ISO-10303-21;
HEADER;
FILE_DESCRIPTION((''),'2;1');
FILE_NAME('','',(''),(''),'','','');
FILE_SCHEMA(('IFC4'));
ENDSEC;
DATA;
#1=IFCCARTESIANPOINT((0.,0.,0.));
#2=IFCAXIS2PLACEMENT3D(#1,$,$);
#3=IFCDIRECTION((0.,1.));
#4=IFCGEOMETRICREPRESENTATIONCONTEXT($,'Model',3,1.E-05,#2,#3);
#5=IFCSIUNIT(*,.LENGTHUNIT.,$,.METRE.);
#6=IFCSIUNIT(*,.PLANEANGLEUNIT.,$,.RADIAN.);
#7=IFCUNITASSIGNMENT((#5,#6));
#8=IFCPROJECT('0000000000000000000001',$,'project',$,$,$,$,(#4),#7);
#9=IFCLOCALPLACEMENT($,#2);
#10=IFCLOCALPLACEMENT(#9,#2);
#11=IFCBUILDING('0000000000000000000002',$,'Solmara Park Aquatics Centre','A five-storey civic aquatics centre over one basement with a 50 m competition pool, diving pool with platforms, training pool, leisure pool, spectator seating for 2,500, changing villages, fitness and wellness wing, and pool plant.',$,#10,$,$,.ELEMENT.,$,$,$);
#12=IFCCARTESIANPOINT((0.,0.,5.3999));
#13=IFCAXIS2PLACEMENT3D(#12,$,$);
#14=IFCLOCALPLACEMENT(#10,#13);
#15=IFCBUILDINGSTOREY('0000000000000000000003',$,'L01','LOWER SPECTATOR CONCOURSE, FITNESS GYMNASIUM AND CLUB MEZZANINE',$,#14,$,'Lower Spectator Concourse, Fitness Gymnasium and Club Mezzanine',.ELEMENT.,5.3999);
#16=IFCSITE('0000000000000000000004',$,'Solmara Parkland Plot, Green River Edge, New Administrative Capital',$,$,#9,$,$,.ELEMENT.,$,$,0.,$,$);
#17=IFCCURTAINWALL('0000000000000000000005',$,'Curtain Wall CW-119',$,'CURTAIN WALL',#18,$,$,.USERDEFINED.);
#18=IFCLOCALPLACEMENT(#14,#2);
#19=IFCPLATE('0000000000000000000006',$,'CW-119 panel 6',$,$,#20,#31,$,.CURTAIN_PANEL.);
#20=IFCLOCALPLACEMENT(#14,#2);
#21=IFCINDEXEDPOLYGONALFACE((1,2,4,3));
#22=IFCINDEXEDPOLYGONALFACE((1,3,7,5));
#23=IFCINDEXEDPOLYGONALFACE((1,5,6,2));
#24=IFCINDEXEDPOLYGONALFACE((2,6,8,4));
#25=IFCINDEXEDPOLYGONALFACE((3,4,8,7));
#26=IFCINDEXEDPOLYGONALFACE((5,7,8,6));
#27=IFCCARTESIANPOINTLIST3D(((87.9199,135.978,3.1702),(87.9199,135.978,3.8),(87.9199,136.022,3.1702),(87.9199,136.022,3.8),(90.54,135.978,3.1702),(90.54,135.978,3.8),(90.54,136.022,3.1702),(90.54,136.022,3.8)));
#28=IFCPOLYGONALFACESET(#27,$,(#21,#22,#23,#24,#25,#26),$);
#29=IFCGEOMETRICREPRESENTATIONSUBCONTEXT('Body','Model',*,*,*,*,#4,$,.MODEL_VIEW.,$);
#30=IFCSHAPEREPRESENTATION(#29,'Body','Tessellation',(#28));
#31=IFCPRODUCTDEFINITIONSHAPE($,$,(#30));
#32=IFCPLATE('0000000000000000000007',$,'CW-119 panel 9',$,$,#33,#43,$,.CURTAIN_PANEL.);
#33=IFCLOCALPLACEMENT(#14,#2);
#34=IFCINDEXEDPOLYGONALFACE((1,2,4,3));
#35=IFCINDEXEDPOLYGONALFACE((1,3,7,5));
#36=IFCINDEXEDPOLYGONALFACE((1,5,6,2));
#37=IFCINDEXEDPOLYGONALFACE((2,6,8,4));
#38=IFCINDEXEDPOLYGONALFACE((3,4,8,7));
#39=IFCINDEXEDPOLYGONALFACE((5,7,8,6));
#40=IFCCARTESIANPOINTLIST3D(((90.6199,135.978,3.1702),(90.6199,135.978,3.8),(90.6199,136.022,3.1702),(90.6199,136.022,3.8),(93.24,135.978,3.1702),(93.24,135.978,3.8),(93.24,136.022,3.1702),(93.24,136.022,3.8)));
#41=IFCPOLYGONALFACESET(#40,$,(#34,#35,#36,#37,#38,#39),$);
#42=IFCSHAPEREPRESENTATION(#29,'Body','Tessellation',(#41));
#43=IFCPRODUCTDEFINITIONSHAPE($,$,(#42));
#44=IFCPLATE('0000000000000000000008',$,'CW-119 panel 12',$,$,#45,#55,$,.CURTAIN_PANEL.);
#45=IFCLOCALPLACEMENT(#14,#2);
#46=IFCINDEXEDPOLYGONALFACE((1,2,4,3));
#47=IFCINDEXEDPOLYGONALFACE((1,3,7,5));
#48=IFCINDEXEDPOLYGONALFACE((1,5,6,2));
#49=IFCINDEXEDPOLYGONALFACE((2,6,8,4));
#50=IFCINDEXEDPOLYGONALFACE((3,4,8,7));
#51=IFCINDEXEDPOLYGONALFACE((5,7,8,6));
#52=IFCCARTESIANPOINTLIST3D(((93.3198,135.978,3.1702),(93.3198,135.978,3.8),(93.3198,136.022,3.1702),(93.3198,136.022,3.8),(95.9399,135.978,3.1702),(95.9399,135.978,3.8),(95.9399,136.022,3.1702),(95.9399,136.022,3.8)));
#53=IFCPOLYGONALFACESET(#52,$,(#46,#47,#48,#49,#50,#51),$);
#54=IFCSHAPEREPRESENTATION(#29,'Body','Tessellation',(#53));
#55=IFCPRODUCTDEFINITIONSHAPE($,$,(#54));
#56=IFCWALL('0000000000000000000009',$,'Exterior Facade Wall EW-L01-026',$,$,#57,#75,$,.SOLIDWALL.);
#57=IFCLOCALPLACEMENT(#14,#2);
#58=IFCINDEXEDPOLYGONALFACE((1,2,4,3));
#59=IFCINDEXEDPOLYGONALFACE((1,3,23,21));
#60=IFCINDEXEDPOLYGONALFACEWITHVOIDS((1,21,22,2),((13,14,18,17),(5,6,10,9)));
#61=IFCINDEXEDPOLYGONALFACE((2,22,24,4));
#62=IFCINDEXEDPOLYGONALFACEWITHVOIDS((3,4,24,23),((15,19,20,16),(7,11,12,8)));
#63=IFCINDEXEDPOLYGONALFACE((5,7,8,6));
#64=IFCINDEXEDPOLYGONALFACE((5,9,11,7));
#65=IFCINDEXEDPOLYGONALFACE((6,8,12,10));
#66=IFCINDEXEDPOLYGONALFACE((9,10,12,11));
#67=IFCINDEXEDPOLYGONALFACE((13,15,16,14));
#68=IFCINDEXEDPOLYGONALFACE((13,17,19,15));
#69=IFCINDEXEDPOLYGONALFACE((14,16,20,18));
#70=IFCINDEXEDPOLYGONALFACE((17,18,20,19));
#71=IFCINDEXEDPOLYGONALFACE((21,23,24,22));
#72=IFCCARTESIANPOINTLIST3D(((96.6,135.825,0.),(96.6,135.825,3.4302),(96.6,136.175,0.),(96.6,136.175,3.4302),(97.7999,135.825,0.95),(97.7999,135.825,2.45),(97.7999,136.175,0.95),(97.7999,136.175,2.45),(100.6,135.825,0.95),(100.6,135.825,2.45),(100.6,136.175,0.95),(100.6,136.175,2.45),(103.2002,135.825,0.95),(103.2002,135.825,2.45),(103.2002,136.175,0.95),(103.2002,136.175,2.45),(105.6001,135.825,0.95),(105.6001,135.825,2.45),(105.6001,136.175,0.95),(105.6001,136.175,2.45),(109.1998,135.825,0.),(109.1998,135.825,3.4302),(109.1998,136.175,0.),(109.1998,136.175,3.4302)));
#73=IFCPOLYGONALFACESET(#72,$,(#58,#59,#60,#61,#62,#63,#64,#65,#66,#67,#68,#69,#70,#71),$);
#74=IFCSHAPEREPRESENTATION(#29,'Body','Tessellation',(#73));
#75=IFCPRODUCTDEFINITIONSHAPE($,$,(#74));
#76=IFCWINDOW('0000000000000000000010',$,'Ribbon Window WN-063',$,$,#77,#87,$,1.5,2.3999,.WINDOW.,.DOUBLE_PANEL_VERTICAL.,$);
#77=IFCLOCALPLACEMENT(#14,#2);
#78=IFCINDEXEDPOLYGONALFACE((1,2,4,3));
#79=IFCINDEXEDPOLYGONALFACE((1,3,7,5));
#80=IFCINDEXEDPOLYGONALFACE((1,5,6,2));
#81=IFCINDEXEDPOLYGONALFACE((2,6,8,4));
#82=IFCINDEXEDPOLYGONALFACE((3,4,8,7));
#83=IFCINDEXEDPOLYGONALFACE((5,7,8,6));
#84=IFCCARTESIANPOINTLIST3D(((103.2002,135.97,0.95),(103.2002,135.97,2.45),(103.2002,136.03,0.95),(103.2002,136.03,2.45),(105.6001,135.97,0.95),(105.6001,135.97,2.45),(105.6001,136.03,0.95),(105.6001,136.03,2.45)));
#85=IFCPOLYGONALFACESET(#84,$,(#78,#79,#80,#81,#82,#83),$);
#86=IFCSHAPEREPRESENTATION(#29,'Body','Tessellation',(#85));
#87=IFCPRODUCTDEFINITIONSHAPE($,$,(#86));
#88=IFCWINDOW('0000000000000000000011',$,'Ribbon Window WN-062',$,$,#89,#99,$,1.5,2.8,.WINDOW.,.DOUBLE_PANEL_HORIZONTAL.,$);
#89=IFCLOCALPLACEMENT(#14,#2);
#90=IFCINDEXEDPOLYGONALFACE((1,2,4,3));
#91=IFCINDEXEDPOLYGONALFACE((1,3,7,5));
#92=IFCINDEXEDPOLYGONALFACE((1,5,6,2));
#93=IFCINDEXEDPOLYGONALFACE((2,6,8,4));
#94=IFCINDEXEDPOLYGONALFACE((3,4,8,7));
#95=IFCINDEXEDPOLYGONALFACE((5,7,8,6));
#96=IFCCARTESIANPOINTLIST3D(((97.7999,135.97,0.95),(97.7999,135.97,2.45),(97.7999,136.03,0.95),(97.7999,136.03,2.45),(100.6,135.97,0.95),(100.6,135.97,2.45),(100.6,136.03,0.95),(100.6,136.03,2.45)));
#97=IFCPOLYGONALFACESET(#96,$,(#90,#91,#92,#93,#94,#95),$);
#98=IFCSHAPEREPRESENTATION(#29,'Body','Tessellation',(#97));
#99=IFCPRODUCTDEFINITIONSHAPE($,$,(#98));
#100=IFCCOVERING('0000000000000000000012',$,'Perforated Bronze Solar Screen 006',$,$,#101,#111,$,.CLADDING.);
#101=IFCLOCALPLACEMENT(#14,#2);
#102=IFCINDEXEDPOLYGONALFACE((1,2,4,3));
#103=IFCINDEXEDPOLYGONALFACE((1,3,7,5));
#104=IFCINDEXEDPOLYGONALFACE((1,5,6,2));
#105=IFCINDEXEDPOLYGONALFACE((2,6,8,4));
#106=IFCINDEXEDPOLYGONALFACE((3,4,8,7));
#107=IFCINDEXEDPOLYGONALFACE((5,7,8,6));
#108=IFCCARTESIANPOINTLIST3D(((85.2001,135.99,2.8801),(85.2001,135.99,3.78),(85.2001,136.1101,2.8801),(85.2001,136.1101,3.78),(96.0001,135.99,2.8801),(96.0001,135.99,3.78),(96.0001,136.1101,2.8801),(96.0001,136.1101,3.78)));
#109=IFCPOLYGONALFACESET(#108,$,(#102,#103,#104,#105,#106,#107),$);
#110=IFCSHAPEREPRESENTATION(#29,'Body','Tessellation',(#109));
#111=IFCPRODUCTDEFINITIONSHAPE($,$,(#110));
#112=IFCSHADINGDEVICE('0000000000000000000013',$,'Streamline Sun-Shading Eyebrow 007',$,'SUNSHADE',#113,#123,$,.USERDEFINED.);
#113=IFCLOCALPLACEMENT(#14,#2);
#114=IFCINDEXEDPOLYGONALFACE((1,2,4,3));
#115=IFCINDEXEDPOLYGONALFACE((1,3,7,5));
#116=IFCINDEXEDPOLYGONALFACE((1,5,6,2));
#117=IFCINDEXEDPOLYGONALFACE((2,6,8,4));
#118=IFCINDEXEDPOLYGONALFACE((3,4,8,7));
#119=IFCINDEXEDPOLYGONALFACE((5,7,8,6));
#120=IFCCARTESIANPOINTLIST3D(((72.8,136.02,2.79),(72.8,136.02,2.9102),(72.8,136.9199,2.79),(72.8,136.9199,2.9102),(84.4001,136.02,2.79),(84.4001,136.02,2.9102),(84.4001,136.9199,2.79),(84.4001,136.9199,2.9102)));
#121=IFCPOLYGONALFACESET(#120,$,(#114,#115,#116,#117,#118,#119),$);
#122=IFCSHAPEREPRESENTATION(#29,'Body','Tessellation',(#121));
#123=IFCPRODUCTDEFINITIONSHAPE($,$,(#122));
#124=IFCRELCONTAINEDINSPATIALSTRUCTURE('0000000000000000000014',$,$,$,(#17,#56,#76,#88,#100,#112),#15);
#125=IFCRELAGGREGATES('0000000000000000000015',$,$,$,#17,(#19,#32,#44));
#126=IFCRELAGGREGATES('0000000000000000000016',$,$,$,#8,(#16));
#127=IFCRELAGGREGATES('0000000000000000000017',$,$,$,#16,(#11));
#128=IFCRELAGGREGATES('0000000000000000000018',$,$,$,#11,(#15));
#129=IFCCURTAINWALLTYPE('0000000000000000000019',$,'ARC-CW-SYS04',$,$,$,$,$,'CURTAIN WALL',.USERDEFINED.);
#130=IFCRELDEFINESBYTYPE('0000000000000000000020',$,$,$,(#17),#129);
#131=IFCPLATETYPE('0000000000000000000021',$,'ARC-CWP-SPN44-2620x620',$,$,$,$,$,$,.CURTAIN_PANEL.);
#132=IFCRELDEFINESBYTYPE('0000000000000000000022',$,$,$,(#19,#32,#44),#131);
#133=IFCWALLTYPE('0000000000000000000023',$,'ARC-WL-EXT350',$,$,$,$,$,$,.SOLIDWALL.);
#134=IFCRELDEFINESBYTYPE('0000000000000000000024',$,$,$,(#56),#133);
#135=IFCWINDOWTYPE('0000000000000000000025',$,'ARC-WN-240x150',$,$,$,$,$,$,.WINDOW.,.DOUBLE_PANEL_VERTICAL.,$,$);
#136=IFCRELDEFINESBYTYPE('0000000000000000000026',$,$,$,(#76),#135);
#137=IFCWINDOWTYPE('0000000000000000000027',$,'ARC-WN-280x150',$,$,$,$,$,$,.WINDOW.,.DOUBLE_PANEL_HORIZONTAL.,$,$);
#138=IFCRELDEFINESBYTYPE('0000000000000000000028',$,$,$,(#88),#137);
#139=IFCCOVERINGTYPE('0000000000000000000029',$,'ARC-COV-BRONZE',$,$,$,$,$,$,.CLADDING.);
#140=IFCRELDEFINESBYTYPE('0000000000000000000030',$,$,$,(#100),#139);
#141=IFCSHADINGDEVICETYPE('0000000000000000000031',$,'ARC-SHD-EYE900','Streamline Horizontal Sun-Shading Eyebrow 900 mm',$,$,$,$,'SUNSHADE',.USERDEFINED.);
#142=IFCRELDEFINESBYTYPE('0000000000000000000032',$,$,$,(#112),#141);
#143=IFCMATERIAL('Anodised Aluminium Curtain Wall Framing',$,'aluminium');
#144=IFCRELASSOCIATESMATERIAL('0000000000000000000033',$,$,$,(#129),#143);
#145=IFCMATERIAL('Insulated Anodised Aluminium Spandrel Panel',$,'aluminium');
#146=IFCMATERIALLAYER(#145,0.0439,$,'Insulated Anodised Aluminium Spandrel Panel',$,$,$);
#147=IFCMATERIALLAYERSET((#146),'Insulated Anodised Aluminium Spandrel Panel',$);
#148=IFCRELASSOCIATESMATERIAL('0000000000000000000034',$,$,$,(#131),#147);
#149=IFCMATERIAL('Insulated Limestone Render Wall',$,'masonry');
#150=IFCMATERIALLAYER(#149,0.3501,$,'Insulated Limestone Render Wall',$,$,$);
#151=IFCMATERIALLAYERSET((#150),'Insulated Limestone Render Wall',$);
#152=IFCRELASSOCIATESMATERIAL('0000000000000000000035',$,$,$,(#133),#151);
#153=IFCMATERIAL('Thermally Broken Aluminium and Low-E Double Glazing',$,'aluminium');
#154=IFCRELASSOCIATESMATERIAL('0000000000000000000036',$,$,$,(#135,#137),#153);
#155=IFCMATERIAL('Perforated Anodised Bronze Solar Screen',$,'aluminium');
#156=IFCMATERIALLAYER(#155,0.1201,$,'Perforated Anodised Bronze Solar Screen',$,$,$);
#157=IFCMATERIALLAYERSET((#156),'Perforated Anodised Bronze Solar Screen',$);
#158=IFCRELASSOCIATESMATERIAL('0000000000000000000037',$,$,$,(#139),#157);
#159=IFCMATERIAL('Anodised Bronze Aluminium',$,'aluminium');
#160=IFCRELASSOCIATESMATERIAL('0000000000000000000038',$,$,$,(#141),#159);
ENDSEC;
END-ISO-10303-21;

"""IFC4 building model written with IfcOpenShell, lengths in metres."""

from ifc_helpers import new_model, si_unit, direction, frame, frame_2d, origin, origin_2d, place, context, subcontext, project, spatial, rectangle, extrude, material, layer, layer_set, type_object, element, fill, aggregate, save


model = new_model("IFC4")

# Units and contexts
model_context = context("Model", 3, precision=1e-05, world=origin(), true_north=direction((0.0, 1.0)))
body_context = subcontext(model_context, "Body", "Model", "MODEL_VIEW")
ifc_project = project(units=[si_unit("LENGTHUNIT", "METRE"), si_unit("PLANEANGLEUNIT", "RADIAN")], contexts=[model_context])

# Site, building, storey
site_placement = place(None, origin())
site = spatial("IfcSite", under=ifc_project, at=site_placement, Name="Solmara Parkland Plot, Green River Edge, New Administrative Capital", CompositionType="ELEMENT", RefElevation=0.0)
building_placement = place(site_placement, origin())
building = spatial("IfcBuilding", under=site, at=building_placement, Name="Solmara Park Aquatics Centre", Description="A five-storey civic aquatics centre over one basement with a 50 m competition pool, diving pool with platforms, training pool, leisure pool, spectator seating for 2,500, changing villages, fitness and wellness wing, and pool plant.", CompositionType="ELEMENT")
storey_placement = place(building_placement, frame((0.0, 0.0, 5.3999)))
storey = spatial("IfcBuildingStorey", under=building, at=storey_placement, Name="L01", Description="LOWER SPECTATOR CONCOURSE, FITNESS GYMNASIUM AND CLUB MEZZANINE", LongName="Lower Spectator Concourse, Fitness Gymnasium and Club Mezzanine", CompositionType="ELEMENT", Elevation=5.3999)

# Curtain wall, plates
ifc_material_1 = material(Name="Anodised Aluminium Curtain Wall Framing", Category="aluminium")
curtain_wall_type = type_object("IfcCurtainWallType", Name="ARC-CW-SYS04", ElementType="CURTAIN WALL", PredefinedType="USERDEFINED", material=ifc_material_1)
curtain_wall_placement = place(storey_placement, origin())
curtain_wall = element("IfcCurtainWall", 1, at=curtain_wall_placement, inside=storey, type_object=curtain_wall_type, Name="Curtain Wall CW-119", ObjectType="CURTAIN WALL", PredefinedType="USERDEFINED")
ifc_material_2 = material(Name="Insulated Anodised Aluminium Spandrel Panel", Category="aluminium")
ifc_layer_1 = layer(ifc_material_2, 0.0439, Name="Insulated Anodised Aluminium Spandrel Panel")
ifc_layer_set_1 = layer_set([ifc_layer_1], Name="Insulated Anodised Aluminium Spandrel Panel")
plate_type_1 = type_object("IfcPlateType", Name="ARC-CWP-SPN44-2620x620", PredefinedType="CURTAIN_PANEL", material=ifc_layer_set_1)
plate_1_placement = place(storey_placement, frame((89.23, 136.0, 3.1702), z_axis=(0.0, 0.0, 1.0), x_axis=(1.0, 0.0, 0.0)))
plate_1 = element("IfcPlate", 2, at=plate_1_placement, type_object=plate_type_1, Name="CW-119 panel 6", PredefinedType="CURTAIN_PANEL", context=body_context, shape_type="SweptSolid", body=[
    extrude(rectangle(XDim=2.6201, YDim=0.0439, at=origin_2d()), origin(), (0.0, 0.0, 1.0), 0.6299),
])
plate_2_placement = place(storey_placement, frame((91.9299, 136.0, 3.1702), z_axis=(0.0, 0.0, 1.0), x_axis=(1.0, 0.0, 0.0)))
plate_2 = element("IfcPlate", 3, at=plate_2_placement, type_object=plate_type_1, Name="CW-119 panel 9", PredefinedType="CURTAIN_PANEL", context=body_context, shape_type="SweptSolid", body=[
    extrude(rectangle(XDim=2.6201, YDim=0.0439, at=origin_2d()), origin(), (0.0, 0.0, 1.0), 0.6299),
])
plate_3_placement = place(storey_placement, frame((94.6299, 136.0, 3.1702), z_axis=(0.0, 0.0, 1.0), x_axis=(1.0, 0.0, 0.0)))
plate_3 = element("IfcPlate", 4, at=plate_3_placement, type_object=plate_type_1, Name="CW-119 panel 12", PredefinedType="CURTAIN_PANEL", context=body_context, shape_type="SweptSolid", body=[
    extrude(rectangle(XDim=2.6201, YDim=0.0439, at=origin_2d()), origin(), (0.0, 0.0, 1.0), 0.6299),
])
aggregate(curtain_wall, [plate_1, plate_2, plate_3])

# Wall, openings, windows
ifc_material_3 = material(Name="Insulated Limestone Render Wall", Category="masonry")
ifc_layer_2 = layer(ifc_material_3, 0.3501, Name="Insulated Limestone Render Wall")
ifc_layer_set_2 = layer_set([ifc_layer_2], Name="Insulated Limestone Render Wall")
wall_type = type_object("IfcWallType", Name="ARC-WL-EXT350", PredefinedType="SOLIDWALL", material=ifc_layer_set_2)
wall_placement = place(storey_placement, frame((96.6001, 136.0, 0.0), z_axis=(0.0, 0.0, 1.0), x_axis=(1.0, 0.0, 0.0)))
wall = element("IfcWall", 5, at=wall_placement, inside=storey, type_object=wall_type, Name="Exterior Facade Wall EW-L01-026", PredefinedType="SOLIDWALL", context=body_context, shape_type="SweptSolid", body=[
    extrude(rectangle(XDim=12.5999, YDim=0.3501, at=frame_2d((6.2998, 0.0))), origin(), (0.0, 0.0, 1.0), 3.4302),
])
opening_1_placement = place(wall_placement, frame((1.2, 0.0, 0.95)))
opening_1 = element("IfcOpeningElement", 6, at=opening_1_placement, cuts=wall, PredefinedType="OPENING", context=body_context, shape_type="SweptSolid", body=[
    extrude(rectangle(XDim=2.8, YDim=1.5, at=frame_2d((1.3999, 0.75))), frame((0.0, 0.1851, 0.0), z_axis=(0.0, -1.0, 0.0), x_axis=(1.0, 0.0, 0.0)), (0.0, 0.0, 1.0), 0.3701),
])
opening_2_placement = place(wall_placement, frame((6.6001, 0.0, 0.95)))
opening_2 = element("IfcOpeningElement", 7, at=opening_2_placement, cuts=wall, PredefinedType="OPENING", context=body_context, shape_type="SweptSolid", body=[
    extrude(rectangle(XDim=2.3999, YDim=1.5, at=frame_2d((1.2, 0.75))), frame((0.0, 0.1851, 0.0), z_axis=(0.0, -1.0, 0.0), x_axis=(1.0, 0.0, 0.0)), (0.0, 0.0, 1.0), 0.3701),
])
ifc_material_4 = material(Name="Thermally Broken Aluminium and Low-E Double Glazing", Category="aluminium")
window_type_1 = type_object("IfcWindowType", Name="ARC-WN-240x150", PartitioningType="DOUBLE_PANEL_VERTICAL", PredefinedType="WINDOW", material=ifc_material_4)
window_1_placement = place(opening_2_placement, origin())
window_1 = element("IfcWindow", 8, at=window_1_placement, inside=storey, type_object=window_type_1, Name="Ribbon Window WN-063", OverallHeight=1.5, OverallWidth=2.3999, PartitioningType="DOUBLE_PANEL_VERTICAL", PredefinedType="WINDOW", context=body_context, shape_type="SweptSolid", body=[
    extrude(rectangle(XDim=2.3999, YDim=1.5, at=frame_2d((1.2, 0.75))), frame((0.0, 0.03, 0.0), z_axis=(0.0, -1.0, 0.0), x_axis=(1.0, 0.0, 0.0)), (0.0, 0.0, 1.0), 0.0601),
])
fill(opening_2, window_1)
window_type_2 = type_object("IfcWindowType", Name="ARC-WN-280x150", PartitioningType="DOUBLE_PANEL_HORIZONTAL", PredefinedType="WINDOW", material=ifc_material_4)
window_2_placement = place(opening_1_placement, origin())
window_2 = element("IfcWindow", 9, at=window_2_placement, inside=storey, type_object=window_type_2, Name="Ribbon Window WN-062", OverallHeight=1.5, OverallWidth=2.8, PartitioningType="DOUBLE_PANEL_HORIZONTAL", PredefinedType="WINDOW", context=body_context, shape_type="SweptSolid", body=[
    extrude(rectangle(XDim=2.8, YDim=1.5, at=frame_2d((1.3999, 0.75))), frame((0.0, 0.03, 0.0), z_axis=(0.0, -1.0, 0.0), x_axis=(1.0, 0.0, 0.0)), (0.0, 0.0, 1.0), 0.0601),
])
fill(opening_1, window_2)

# Covering
ifc_material_5 = material(Name="Perforated Anodised Bronze Solar Screen", Category="aluminium")
ifc_layer_3 = layer(ifc_material_5, 0.1201, Name="Perforated Anodised Bronze Solar Screen")
ifc_layer_set_3 = layer_set([ifc_layer_3], Name="Perforated Anodised Bronze Solar Screen")
covering_type = type_object("IfcCoveringType", Name="ARC-COV-BRONZE", PredefinedType="CLADDING", material=ifc_layer_set_3)
covering_placement = place(storey_placement, frame((90.6001, 136.05, 2.8801), z_axis=(0.0, 0.0, 1.0), x_axis=(1.0, 0.0, 0.0)))
element("IfcCovering", 10, at=covering_placement, inside=storey, type_object=covering_type, Name="Perforated Bronze Solar Screen 006", PredefinedType="CLADDING", context=body_context, shape_type="SweptSolid", body=[
    extrude(rectangle(XDim=10.8, YDim=0.1201, at=origin_2d()), origin(), (0.0, 0.0, 1.0), 0.8999),
])

# Shading device
ifc_material_6 = material(Name="Anodised Bronze Aluminium", Category="aluminium")
shading_device_type = type_object("IfcShadingDeviceType", Name="ARC-SHD-EYE900", Description="Streamline Horizontal Sun-Shading Eyebrow 900 mm", ElementType="SUNSHADE", PredefinedType="USERDEFINED", material=ifc_material_6)
shading_device_placement = place(storey_placement, frame((78.6001, 136.47, 2.79), z_axis=(0.0, 0.0, 1.0), x_axis=(1.0, 0.0, 0.0)))
element("IfcShadingDevice", 11, at=shading_device_placement, inside=storey, type_object=shading_device_type, Name="Streamline Sun-Shading Eyebrow 007", ObjectType="SUNSHADE", PredefinedType="USERDEFINED", context=body_context, shape_type="SweptSolid", body=[
    extrude(rectangle(XDim=11.6001, YDim=0.8999, at=origin_2d()), origin(), (0.0, 0.0, 1.0), 0.1201),
])

save(model, "model.ifc")
